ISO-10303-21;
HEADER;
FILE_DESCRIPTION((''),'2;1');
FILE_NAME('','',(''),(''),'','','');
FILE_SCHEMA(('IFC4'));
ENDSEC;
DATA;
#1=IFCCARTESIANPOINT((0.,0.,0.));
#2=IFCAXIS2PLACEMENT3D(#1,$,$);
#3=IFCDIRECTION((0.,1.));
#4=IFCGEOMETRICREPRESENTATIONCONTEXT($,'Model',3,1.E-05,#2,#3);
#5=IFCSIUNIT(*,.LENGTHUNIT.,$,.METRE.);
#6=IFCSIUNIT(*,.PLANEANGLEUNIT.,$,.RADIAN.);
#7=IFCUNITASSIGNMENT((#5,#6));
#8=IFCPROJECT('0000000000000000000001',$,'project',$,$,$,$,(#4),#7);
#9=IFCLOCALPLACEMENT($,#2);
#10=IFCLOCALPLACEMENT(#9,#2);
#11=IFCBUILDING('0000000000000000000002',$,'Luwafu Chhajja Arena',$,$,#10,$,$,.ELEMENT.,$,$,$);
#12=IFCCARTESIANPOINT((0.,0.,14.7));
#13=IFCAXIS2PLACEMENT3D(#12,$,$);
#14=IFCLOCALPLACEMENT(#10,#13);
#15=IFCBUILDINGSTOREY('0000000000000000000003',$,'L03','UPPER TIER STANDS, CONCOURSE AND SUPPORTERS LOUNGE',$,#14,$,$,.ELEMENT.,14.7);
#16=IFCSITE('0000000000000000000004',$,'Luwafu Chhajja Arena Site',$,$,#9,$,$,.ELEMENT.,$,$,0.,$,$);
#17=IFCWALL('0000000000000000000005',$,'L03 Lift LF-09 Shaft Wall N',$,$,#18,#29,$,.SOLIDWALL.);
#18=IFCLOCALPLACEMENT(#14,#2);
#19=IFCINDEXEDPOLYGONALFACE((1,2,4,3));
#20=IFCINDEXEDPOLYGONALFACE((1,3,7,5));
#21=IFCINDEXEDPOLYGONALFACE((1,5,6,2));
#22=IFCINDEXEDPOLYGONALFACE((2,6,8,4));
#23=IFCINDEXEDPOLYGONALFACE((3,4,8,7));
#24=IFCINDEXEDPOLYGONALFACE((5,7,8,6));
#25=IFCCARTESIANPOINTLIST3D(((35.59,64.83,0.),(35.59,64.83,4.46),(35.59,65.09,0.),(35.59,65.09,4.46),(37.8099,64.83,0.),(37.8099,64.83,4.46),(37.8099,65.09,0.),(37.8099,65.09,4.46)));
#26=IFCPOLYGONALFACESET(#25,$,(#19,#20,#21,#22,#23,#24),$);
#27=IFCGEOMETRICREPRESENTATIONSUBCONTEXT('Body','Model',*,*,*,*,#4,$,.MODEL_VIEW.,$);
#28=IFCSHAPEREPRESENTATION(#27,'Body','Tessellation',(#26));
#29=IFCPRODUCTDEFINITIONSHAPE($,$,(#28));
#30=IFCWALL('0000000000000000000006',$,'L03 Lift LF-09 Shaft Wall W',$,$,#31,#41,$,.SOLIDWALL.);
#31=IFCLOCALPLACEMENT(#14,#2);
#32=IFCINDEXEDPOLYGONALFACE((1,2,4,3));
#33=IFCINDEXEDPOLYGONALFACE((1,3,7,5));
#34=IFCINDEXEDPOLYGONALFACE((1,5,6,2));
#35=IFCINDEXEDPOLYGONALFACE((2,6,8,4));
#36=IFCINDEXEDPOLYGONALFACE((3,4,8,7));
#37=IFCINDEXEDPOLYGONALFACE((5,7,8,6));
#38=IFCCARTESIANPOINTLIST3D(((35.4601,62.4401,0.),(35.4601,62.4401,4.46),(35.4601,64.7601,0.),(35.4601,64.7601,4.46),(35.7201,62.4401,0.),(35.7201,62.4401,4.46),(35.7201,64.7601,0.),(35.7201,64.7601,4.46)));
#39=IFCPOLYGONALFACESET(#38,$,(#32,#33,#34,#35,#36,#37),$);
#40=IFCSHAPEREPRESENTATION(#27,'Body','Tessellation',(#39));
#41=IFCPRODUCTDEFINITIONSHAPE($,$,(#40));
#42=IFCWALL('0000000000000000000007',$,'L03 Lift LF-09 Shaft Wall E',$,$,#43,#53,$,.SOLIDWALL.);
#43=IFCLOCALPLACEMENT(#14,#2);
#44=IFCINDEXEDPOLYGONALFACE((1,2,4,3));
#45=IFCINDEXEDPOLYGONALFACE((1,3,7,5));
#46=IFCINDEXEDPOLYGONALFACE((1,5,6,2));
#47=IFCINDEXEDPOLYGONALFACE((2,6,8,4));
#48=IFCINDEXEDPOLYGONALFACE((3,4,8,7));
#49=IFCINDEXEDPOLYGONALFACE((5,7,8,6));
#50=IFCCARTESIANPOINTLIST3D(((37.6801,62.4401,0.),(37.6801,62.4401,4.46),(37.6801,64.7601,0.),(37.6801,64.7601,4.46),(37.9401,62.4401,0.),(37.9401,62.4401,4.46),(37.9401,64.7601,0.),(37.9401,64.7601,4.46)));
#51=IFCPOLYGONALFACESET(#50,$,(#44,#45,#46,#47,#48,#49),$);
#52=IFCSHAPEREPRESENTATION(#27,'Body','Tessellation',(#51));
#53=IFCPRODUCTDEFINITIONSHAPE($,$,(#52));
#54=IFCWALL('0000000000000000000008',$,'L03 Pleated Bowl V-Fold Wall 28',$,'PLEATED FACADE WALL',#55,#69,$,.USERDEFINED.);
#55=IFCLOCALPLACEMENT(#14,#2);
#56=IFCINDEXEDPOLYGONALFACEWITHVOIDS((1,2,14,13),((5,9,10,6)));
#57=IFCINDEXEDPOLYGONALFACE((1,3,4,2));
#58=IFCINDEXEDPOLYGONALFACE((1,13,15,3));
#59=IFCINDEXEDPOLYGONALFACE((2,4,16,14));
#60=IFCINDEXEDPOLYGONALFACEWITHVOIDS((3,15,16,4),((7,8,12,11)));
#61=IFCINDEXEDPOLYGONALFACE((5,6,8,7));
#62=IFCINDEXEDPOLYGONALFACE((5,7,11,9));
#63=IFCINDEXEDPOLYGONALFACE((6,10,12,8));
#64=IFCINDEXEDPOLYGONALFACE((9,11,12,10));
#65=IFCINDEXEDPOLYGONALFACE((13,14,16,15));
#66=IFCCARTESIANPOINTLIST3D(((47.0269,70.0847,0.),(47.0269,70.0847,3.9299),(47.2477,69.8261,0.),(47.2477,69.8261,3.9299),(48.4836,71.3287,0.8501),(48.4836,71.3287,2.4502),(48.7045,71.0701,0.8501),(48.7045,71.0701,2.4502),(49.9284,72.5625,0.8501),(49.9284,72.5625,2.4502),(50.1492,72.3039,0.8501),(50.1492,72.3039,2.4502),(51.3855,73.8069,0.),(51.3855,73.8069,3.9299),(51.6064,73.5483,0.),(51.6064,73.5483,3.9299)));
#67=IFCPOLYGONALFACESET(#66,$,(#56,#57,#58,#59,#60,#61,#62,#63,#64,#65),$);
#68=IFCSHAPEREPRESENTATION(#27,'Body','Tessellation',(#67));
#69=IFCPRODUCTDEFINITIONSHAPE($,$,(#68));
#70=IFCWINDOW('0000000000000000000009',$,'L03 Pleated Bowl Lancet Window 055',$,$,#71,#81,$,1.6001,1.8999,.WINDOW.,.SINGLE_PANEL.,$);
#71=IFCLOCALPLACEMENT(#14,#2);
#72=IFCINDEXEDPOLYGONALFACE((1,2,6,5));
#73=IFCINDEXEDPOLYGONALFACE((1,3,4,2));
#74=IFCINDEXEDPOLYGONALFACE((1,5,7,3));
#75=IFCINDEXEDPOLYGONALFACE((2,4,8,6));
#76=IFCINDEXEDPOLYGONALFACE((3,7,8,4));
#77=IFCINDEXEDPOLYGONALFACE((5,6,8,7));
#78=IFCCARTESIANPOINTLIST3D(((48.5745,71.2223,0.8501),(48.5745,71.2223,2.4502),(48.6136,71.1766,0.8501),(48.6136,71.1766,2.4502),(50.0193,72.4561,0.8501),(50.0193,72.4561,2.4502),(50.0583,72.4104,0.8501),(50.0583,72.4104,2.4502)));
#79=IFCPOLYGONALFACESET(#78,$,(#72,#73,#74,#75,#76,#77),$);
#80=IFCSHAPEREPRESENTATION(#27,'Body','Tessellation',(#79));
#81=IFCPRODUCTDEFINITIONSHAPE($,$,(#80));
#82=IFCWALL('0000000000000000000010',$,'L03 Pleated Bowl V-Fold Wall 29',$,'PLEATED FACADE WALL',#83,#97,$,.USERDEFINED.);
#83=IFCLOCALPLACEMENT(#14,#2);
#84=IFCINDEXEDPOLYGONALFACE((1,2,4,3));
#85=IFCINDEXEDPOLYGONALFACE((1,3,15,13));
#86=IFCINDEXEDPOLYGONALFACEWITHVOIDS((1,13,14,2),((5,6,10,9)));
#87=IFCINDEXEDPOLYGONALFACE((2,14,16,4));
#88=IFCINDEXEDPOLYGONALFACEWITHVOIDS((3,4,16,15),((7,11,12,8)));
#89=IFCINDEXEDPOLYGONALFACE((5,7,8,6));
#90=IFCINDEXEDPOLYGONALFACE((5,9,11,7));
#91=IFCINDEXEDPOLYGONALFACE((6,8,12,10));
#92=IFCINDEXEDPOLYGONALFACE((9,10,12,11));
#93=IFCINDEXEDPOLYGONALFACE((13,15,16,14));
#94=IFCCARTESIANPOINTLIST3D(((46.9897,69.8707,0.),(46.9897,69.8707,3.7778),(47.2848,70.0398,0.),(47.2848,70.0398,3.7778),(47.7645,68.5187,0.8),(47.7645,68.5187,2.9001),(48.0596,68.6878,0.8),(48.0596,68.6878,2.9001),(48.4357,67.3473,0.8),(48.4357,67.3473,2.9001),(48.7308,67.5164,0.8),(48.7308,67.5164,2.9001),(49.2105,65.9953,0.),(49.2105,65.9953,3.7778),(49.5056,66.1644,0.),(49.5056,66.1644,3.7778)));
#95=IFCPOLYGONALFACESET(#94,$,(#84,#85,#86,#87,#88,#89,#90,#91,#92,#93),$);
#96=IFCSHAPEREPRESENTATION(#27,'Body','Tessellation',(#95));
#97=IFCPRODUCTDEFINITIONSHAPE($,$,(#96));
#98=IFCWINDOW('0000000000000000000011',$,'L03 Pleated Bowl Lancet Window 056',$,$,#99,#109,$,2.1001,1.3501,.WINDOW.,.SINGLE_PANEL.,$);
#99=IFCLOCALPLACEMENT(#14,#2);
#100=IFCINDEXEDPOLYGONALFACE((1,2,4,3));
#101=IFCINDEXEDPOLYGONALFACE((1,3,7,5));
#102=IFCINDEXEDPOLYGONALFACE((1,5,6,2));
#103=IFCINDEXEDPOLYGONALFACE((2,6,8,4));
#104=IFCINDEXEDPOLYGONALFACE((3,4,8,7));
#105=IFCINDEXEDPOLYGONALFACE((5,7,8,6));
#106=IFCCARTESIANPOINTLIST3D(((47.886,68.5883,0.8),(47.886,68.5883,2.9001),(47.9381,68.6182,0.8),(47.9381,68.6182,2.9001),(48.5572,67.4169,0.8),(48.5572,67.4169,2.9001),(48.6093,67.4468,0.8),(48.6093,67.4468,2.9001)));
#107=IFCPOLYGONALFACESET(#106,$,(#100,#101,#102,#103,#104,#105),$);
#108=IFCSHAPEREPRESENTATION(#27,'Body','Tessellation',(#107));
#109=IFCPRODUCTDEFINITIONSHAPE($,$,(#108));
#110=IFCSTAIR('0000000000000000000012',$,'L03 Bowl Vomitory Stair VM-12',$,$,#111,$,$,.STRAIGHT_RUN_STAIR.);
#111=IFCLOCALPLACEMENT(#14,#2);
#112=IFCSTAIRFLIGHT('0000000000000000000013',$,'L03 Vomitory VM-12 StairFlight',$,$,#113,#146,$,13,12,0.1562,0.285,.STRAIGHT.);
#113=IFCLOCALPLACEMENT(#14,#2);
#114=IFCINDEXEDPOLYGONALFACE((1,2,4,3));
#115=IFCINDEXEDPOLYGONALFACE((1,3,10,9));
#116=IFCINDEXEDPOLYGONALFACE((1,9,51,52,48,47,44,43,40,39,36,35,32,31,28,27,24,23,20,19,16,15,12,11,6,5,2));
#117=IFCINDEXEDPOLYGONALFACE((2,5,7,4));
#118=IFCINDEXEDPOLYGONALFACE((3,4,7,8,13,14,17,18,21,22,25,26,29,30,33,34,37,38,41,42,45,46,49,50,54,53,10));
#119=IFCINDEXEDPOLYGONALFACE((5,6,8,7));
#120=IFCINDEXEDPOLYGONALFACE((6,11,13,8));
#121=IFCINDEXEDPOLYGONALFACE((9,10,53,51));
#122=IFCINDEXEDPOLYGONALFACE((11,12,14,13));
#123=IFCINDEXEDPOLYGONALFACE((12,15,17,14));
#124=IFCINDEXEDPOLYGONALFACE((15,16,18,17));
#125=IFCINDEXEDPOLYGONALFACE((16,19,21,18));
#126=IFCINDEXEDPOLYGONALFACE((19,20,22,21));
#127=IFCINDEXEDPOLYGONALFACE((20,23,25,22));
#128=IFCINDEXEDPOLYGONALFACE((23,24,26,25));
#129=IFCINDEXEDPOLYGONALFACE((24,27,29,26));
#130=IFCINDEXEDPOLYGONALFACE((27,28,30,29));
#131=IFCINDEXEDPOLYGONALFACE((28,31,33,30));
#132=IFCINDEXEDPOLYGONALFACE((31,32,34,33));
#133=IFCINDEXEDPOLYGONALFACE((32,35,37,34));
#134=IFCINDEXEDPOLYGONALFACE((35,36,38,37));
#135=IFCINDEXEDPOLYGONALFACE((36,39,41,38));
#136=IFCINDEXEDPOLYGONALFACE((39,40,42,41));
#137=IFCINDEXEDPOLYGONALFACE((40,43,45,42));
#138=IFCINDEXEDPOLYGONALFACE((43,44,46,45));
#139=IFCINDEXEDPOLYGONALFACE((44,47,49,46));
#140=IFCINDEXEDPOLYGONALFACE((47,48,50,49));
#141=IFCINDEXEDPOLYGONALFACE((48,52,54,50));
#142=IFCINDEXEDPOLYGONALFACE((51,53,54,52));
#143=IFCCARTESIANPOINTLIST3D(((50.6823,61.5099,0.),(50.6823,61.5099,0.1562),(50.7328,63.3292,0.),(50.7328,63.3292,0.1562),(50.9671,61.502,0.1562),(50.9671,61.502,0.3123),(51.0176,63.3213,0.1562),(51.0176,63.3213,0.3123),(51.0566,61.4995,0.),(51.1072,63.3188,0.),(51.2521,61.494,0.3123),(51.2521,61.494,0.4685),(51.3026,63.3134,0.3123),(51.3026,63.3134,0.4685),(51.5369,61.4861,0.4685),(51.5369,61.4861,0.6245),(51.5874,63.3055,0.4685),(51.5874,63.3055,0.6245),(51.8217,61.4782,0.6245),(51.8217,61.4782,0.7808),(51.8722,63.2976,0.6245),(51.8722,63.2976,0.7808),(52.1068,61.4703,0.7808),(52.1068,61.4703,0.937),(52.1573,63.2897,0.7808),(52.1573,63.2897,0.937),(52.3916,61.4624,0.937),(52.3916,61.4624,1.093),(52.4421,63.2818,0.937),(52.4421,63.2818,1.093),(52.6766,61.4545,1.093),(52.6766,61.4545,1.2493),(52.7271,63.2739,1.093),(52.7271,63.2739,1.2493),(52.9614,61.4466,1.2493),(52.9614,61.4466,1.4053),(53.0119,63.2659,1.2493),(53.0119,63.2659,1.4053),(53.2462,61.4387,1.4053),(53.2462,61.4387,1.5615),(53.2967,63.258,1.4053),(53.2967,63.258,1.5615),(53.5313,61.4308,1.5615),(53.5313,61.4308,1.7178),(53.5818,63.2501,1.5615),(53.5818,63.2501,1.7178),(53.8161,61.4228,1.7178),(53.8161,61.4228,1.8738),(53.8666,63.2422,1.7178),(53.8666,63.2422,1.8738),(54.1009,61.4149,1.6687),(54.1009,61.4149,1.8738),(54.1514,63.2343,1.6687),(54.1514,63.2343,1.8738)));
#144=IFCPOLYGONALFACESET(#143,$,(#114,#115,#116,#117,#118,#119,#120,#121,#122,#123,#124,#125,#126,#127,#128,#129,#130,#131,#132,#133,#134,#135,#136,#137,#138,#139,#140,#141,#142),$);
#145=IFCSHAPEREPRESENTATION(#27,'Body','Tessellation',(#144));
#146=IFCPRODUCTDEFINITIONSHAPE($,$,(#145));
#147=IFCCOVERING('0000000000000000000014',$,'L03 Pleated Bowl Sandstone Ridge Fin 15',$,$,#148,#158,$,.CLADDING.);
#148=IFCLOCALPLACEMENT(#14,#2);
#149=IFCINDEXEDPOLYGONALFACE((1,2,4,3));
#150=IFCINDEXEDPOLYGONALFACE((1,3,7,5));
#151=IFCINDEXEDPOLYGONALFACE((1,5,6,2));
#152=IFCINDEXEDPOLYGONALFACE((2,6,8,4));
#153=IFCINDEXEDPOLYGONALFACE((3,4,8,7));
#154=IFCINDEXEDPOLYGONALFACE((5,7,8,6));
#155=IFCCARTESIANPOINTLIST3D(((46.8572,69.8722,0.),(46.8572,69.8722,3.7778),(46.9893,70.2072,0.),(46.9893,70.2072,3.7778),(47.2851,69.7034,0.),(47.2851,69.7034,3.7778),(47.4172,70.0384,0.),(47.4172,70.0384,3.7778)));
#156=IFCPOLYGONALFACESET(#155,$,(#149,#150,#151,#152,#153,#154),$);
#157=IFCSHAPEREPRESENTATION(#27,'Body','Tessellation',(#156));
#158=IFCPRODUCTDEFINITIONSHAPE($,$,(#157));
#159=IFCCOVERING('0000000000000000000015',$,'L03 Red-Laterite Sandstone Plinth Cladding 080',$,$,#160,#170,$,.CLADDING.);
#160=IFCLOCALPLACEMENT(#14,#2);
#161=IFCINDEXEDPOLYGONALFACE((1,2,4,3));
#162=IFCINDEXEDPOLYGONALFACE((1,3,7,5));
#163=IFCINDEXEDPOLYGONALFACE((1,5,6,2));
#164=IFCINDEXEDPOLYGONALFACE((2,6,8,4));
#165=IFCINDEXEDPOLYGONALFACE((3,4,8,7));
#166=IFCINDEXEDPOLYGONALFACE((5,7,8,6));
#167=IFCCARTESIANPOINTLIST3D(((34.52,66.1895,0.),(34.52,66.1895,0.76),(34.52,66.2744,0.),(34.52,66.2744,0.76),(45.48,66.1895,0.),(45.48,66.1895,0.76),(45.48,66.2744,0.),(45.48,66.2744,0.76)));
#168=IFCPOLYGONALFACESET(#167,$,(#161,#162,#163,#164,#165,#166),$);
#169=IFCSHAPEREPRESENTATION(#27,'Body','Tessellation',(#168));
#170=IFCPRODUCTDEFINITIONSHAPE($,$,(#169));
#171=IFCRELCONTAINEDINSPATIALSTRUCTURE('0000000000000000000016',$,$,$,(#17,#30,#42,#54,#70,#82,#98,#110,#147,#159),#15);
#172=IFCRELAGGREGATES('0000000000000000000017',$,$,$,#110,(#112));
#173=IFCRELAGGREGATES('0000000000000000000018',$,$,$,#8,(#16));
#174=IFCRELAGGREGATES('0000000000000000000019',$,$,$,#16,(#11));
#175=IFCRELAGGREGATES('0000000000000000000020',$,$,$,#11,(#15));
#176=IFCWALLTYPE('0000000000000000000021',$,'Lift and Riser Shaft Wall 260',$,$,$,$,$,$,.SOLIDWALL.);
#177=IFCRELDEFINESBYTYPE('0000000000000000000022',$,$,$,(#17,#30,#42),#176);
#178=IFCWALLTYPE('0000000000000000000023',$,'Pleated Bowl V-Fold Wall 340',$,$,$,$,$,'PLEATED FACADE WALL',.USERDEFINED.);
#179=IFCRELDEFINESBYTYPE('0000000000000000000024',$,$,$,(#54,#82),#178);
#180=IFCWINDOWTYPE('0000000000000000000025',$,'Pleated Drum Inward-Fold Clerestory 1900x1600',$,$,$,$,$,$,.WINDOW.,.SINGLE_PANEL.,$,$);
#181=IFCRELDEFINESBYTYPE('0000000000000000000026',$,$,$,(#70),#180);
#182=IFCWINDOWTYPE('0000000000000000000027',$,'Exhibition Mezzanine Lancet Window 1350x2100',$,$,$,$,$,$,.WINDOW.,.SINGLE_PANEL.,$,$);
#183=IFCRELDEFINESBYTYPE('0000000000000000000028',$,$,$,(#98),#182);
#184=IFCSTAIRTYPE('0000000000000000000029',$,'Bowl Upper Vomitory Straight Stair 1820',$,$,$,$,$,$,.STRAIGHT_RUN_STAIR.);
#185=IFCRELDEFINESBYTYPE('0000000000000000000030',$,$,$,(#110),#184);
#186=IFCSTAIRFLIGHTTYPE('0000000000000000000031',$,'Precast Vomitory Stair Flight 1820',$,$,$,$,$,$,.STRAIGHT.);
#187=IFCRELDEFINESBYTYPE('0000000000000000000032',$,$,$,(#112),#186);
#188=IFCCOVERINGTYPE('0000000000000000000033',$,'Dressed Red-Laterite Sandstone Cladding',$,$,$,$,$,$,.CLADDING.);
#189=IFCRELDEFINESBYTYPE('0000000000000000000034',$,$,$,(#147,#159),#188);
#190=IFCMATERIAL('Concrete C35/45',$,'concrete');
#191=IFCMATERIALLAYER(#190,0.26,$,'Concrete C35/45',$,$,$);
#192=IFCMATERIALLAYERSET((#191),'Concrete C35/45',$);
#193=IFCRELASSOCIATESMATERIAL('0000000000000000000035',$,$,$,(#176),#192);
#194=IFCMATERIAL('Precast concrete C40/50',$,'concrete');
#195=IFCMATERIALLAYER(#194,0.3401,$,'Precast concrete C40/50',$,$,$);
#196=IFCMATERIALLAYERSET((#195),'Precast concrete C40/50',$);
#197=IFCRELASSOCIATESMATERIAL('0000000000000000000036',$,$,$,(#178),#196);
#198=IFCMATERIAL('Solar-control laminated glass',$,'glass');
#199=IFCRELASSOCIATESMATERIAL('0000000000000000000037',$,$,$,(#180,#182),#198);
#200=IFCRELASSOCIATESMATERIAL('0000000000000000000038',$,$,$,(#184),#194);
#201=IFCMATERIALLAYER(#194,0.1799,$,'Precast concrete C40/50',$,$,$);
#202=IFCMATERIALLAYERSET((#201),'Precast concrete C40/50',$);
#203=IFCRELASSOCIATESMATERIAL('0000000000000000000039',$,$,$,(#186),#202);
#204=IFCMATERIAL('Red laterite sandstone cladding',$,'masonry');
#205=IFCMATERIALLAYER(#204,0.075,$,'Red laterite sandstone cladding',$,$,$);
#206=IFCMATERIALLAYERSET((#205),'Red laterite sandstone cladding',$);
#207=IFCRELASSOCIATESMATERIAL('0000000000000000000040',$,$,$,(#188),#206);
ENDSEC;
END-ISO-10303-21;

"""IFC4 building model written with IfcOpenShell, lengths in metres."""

from ifc_helpers import new_model, si_unit, direction, frame, frame_2d, origin, origin_2d, place, context, subcontext, project, spatial, polyline, rectangle, outline, extrude, material, layer, layer_set, type_object, element, fill, aggregate, save


model = new_model("IFC4")

# Units and contexts
model_context = context("Model", 3, precision=1e-05, world=origin(), true_north=direction((0.0, 1.0)))
body_context = subcontext(model_context, "Body", "Model", "MODEL_VIEW")
ifc_project = project(units=[si_unit("LENGTHUNIT", "METRE"), si_unit("PLANEANGLEUNIT", "RADIAN")], contexts=[model_context])

# Site, building, storey
site_placement = place(None, origin())
site = spatial("IfcSite", under=ifc_project, at=site_placement, Name="Luwafu Chhajja Arena Site", CompositionType="ELEMENT", RefElevation=0.0)
building_placement = place(site_placement, origin())
building = spatial("IfcBuilding", under=site, at=building_placement, Name="Luwafu Chhajja Arena", CompositionType="ELEMENT")
storey_placement = place(building_placement, frame((0.0, 0.0, 14.7)))
storey = spatial("IfcBuildingStorey", under=building, at=storey_placement, Name="L03", Description="UPPER TIER STANDS, CONCOURSE AND SUPPORTERS LOUNGE", CompositionType="ELEMENT", Elevation=14.7)

# Shared definitions
ifc_material_1 = material(Name="Concrete C35/45", Category="concrete")

# Shared definitions
ifc_layer_1 = layer(ifc_material_1, 0.26, Name="Concrete C35/45")
ifc_layer_set_1 = layer_set([ifc_layer_1], Name="Concrete C35/45")
wall_type_1 = type_object("IfcWallType", Name="Lift and Riser Shaft Wall 260", PredefinedType="SOLIDWALL", material=ifc_layer_set_1)

# Walls
wall_1_placement = place(storey_placement, frame((35.5901, 64.96, 0.0), z_axis=(0.0, 0.0, 1.0), x_axis=(1.0, 0.0, 0.0)))
element("IfcWall", 1, at=wall_1_placement, inside=storey, type_object=wall_type_1, Name="L03 Lift LF-09 Shaft Wall N", PredefinedType="SOLIDWALL", context=body_context, shape_type="SweptSolid", body=[
    extrude(rectangle(XDim=2.22, YDim=0.26, at=frame_2d((1.1099, 0.0))), origin(), (0.0, 0.0, 1.0), 4.46),
])
for number, where, z_axis, x_axis, name in (
    (2, (35.5901, 62.4399, 0.0), (0.0, 0.0, 1.0), (0.0, 1.0, 0.0), "L03 Lift LF-09 Shaft Wall W"),
    (3, (37.8101, 62.4399, 0.0), (0.0, 0.0, 1.0), (0.0, 1.0, 0.0), "L03 Lift LF-09 Shaft Wall E"),
):
    element("IfcWall", number, at=place(storey_placement, frame(where, z_axis=z_axis, x_axis=x_axis)), inside=storey, type_object=wall_type_1, Name=name, PredefinedType="SOLIDWALL", context=body_context, shape_type="SweptSolid", body=[
        extrude(rectangle(XDim=2.3201, YDim=0.26, at=frame_2d((1.1602, 0.0))), origin(), (0.0, 0.0, 1.0), 4.46),
    ])

# Walls, openings, windows
ifc_material_2 = material(Name="Precast concrete C40/50", Category="concrete")
ifc_layer_2 = layer(ifc_material_2, 0.3401, Name="Precast concrete C40/50")
ifc_layer_set_2 = layer_set([ifc_layer_2], Name="Precast concrete C40/50")
wall_type_2 = type_object("IfcWallType", Name="Pleated Bowl V-Fold Wall 340", ElementType="PLEATED FACADE WALL", PredefinedType="USERDEFINED", material=ifc_layer_set_2)
wall_2_placement = place(storey_placement, frame((51.4958, 73.6775, 0.0), z_axis=(0.0, 0.0, 1.0), x_axis=(-0.760446, -0.649401, 0.0)))
wall_2 = element("IfcWall", 4, at=wall_2_placement, inside=storey, type_object=wall_type_2, Name="L03 Pleated Bowl V-Fold Wall 28", ObjectType="PLEATED FACADE WALL", PredefinedType="USERDEFINED", context=body_context, shape_type="SweptSolid", body=[
    extrude(rectangle(XDim=5.7317, YDim=0.3401, at=frame_2d((2.8657, 0.0))), origin(), (0.0, 0.0, 1.0), 3.9299),
])
opening_1_placement = place(wall_2_placement, frame((1.916, 0.0, 0.8501)))
opening_1 = element("IfcOpeningElement", 5, at=opening_1_placement, cuts=wall_2, PredefinedType="OPENING", context=body_context, shape_type="SweptSolid", body=[
    extrude(rectangle(XDim=1.8999, YDim=1.6001, at=frame_2d((0.95, 0.8))), frame((0.0, 0.1799, 0.0), z_axis=(0.0, -1.0, 0.0), x_axis=(1.0, 0.0, 0.0)), (0.0, 0.0, 1.0), 0.3601),
])
ifc_material_3 = material(Name="Solar-control laminated glass", Category="glass")
window_type_1 = type_object("IfcWindowType", Name="Pleated Drum Inward-Fold Clerestory 1900x1600", PartitioningType="SINGLE_PANEL", PredefinedType="WINDOW", material=ifc_material_3)
window_1_placement = place(opening_1_placement, origin())
window_1 = element("IfcWindow", 6, at=window_1_placement, inside=storey, type_object=window_type_1, Name="L03 Pleated Bowl Lancet Window 055", OverallHeight=1.6001, OverallWidth=1.8999, PartitioningType="SINGLE_PANEL", PredefinedType="WINDOW", context=body_context, shape_type="SweptSolid", body=[
    extrude(rectangle(XDim=1.8999, YDim=1.6001, at=frame_2d((0.95, 0.8))), frame((0.0, 0.03, 0.0), z_axis=(0.0, -1.0, 0.0), x_axis=(1.0, 0.0, 0.0)), (0.0, 0.0, 1.0), 0.0601),
])
fill(opening_1, window_1)
wall_3_placement = place(storey_placement, frame((47.1372, 69.9553, 0.0), z_axis=(0.0, 0.0, 1.0), x_axis=(0.497198, -0.867637, 0.0)))
wall_3 = element("IfcWall", 7, at=wall_3_placement, inside=storey, type_object=wall_type_2, Name="L03 Pleated Bowl V-Fold Wall 29", ObjectType="PLEATED FACADE WALL", PredefinedType="USERDEFINED", context=body_context, shape_type="SweptSolid", body=[
    extrude(rectangle(XDim=4.4666, YDim=0.3401, at=frame_2d((2.2334, 0.0))), origin(), (0.0, 0.0, 1.0), 3.7778),
])
opening_2_placement = place(wall_3_placement, frame((1.5583, 0.0, 0.8)))
opening_2 = element("IfcOpeningElement", 8, at=opening_2_placement, cuts=wall_3, PredefinedType="OPENING", context=body_context, shape_type="SweptSolid", body=[
    extrude(rectangle(XDim=1.3501, YDim=2.1001, at=frame_2d((0.675, 1.05))), frame((0.0, 0.1799, 0.0), z_axis=(0.0, -1.0, 0.0), x_axis=(1.0, 0.0, 0.0)), (0.0, 0.0, 1.0), 0.3601),
])
window_type_2 = type_object("IfcWindowType", Name="Exhibition Mezzanine Lancet Window 1350x2100", PartitioningType="SINGLE_PANEL", PredefinedType="WINDOW", material=ifc_material_3)
window_2_placement = place(opening_2_placement, origin())
window_2 = element("IfcWindow", 9, at=window_2_placement, inside=storey, type_object=window_type_2, Name="L03 Pleated Bowl Lancet Window 056", OverallHeight=2.1001, OverallWidth=1.3501, PartitioningType="SINGLE_PANEL", PredefinedType="WINDOW", context=body_context, shape_type="SweptSolid", body=[
    extrude(rectangle(XDim=1.3501, YDim=2.1001, at=frame_2d((0.675, 1.05))), frame((0.0, 0.03, 0.0), z_axis=(0.0, -1.0, 0.0), x_axis=(1.0, 0.0, 0.0)), (0.0, 0.0, 1.0), 0.0601),
])
fill(opening_2, window_2)

# Stair, stair flight
stair_type = type_object("IfcStairType", Name="Bowl Upper Vomitory Straight Stair 1820", PredefinedType="STRAIGHT_RUN_STAIR", material=ifc_material_2)
stair_placement = place(storey_placement, origin())
stair = element("IfcStair", 10, at=stair_placement, inside=storey, type_object=stair_type, Name="L03 Bowl Vomitory Stair VM-12", PredefinedType="STRAIGHT_RUN_STAIR")
ifc_layer_3 = layer(ifc_material_2, 0.1799, Name="Precast concrete C40/50")
ifc_layer_set_3 = layer_set([ifc_layer_3], Name="Precast concrete C40/50")
stair_flight_type = type_object("IfcStairFlightType", Name="Precast Vomitory Stair Flight 1820", PredefinedType="STRAIGHT", material=ifc_layer_set_3)
stair_flight_placement = place(storey_placement, frame((50.7075, 62.4194, 0.0), z_axis=(0.0, 0.0, 1.0), x_axis=(0.999615, -0.027761, 0.0)))
stair_flight = element("IfcStairFlight", 11, at=stair_flight_placement, type_object=stair_flight_type, Name="L03 Vomitory VM-12 StairFlight", NumberOfRisers=13, NumberOfTreads=12, PredefinedType="STRAIGHT", RiserHeight=0.1562, TreadLength=0.285, context=body_context, shape_type="SweptSolid", body=[
    extrude(outline(polyline([(0.0, 0.0), (0.0, 0.1562), (0.2849, 0.1562), (0.2849, 0.3123), (0.5701, 0.3123), (0.5701, 0.4685), (0.855, 0.4685), (0.855, 0.6245), (1.1399, 0.6245), (1.1399, 0.7808), (1.425, 0.7808), (1.425, 0.937), (1.71, 0.937), (1.71, 1.093), (1.9951, 1.093), (1.9951, 1.2493), (2.28, 1.2493), (2.28, 1.4053), (2.5649, 1.4053), (2.5649, 1.5615), (2.8501, 1.5615), (2.8501, 1.7178), (3.135, 1.7178), (3.135, 1.8738), (3.4199, 1.8738), (3.4199, 2.03), (3.4199, 1.6687), (0.3745, 0.0), (0.0, 0.0)])), frame((0.0, 0.9102, 0.0), z_axis=(0.0, -1.0, 0.0), x_axis=(1.0, 0.0, 0.0)), (0.0, 0.0, 1.0), 1.8201),
])
aggregate(stair, [stair_flight])

# Coverings
ifc_material_4 = material(Name="Red laterite sandstone cladding", Category="masonry")
ifc_layer_4 = layer(ifc_material_4, 0.075, Name="Red laterite sandstone cladding")
ifc_layer_set_4 = layer_set([ifc_layer_4], Name="Red laterite sandstone cladding")
covering_type = type_object("IfcCoveringType", Name="Dressed Red-Laterite Sandstone Cladding", PredefinedType="CLADDING", material=ifc_layer_set_4)
covering_1_placement = place(storey_placement, frame((47.1372, 69.9553, 0.0), z_axis=(0.0, 0.0, 1.0), x_axis=(-0.930259, 0.366904, 0.0)))
element("IfcCovering", 12, at=covering_1_placement, inside=storey, type_object=covering_type, Name="L03 Pleated Bowl Sandstone Ridge Fin 15", PredefinedType="CLADDING", context=body_context, shape_type="SweptSolid", body=[
    extrude(rectangle(XDim=0.46, YDim=0.3601, at=origin_2d()), origin(), (0.0, 0.0, 1.0), 3.7778),
])
covering_2_placement = place(storey_placement, frame((40.0, 66.2319, 0.0), z_axis=(0.0, 0.0, 1.0), x_axis=(1.0, 0.0, 0.0)))
element("IfcCovering", 13, at=covering_2_placement, inside=storey, type_object=covering_type, Name="L03 Red-Laterite Sandstone Plinth Cladding 080", PredefinedType="CLADDING", context=body_context, shape_type="SweptSolid", body=[
    extrude(rectangle(XDim=10.96, YDim=0.085, at=origin_2d()), origin(), (0.0, 0.0, 1.0), 0.76),
])

save(model, "model.ifc")
